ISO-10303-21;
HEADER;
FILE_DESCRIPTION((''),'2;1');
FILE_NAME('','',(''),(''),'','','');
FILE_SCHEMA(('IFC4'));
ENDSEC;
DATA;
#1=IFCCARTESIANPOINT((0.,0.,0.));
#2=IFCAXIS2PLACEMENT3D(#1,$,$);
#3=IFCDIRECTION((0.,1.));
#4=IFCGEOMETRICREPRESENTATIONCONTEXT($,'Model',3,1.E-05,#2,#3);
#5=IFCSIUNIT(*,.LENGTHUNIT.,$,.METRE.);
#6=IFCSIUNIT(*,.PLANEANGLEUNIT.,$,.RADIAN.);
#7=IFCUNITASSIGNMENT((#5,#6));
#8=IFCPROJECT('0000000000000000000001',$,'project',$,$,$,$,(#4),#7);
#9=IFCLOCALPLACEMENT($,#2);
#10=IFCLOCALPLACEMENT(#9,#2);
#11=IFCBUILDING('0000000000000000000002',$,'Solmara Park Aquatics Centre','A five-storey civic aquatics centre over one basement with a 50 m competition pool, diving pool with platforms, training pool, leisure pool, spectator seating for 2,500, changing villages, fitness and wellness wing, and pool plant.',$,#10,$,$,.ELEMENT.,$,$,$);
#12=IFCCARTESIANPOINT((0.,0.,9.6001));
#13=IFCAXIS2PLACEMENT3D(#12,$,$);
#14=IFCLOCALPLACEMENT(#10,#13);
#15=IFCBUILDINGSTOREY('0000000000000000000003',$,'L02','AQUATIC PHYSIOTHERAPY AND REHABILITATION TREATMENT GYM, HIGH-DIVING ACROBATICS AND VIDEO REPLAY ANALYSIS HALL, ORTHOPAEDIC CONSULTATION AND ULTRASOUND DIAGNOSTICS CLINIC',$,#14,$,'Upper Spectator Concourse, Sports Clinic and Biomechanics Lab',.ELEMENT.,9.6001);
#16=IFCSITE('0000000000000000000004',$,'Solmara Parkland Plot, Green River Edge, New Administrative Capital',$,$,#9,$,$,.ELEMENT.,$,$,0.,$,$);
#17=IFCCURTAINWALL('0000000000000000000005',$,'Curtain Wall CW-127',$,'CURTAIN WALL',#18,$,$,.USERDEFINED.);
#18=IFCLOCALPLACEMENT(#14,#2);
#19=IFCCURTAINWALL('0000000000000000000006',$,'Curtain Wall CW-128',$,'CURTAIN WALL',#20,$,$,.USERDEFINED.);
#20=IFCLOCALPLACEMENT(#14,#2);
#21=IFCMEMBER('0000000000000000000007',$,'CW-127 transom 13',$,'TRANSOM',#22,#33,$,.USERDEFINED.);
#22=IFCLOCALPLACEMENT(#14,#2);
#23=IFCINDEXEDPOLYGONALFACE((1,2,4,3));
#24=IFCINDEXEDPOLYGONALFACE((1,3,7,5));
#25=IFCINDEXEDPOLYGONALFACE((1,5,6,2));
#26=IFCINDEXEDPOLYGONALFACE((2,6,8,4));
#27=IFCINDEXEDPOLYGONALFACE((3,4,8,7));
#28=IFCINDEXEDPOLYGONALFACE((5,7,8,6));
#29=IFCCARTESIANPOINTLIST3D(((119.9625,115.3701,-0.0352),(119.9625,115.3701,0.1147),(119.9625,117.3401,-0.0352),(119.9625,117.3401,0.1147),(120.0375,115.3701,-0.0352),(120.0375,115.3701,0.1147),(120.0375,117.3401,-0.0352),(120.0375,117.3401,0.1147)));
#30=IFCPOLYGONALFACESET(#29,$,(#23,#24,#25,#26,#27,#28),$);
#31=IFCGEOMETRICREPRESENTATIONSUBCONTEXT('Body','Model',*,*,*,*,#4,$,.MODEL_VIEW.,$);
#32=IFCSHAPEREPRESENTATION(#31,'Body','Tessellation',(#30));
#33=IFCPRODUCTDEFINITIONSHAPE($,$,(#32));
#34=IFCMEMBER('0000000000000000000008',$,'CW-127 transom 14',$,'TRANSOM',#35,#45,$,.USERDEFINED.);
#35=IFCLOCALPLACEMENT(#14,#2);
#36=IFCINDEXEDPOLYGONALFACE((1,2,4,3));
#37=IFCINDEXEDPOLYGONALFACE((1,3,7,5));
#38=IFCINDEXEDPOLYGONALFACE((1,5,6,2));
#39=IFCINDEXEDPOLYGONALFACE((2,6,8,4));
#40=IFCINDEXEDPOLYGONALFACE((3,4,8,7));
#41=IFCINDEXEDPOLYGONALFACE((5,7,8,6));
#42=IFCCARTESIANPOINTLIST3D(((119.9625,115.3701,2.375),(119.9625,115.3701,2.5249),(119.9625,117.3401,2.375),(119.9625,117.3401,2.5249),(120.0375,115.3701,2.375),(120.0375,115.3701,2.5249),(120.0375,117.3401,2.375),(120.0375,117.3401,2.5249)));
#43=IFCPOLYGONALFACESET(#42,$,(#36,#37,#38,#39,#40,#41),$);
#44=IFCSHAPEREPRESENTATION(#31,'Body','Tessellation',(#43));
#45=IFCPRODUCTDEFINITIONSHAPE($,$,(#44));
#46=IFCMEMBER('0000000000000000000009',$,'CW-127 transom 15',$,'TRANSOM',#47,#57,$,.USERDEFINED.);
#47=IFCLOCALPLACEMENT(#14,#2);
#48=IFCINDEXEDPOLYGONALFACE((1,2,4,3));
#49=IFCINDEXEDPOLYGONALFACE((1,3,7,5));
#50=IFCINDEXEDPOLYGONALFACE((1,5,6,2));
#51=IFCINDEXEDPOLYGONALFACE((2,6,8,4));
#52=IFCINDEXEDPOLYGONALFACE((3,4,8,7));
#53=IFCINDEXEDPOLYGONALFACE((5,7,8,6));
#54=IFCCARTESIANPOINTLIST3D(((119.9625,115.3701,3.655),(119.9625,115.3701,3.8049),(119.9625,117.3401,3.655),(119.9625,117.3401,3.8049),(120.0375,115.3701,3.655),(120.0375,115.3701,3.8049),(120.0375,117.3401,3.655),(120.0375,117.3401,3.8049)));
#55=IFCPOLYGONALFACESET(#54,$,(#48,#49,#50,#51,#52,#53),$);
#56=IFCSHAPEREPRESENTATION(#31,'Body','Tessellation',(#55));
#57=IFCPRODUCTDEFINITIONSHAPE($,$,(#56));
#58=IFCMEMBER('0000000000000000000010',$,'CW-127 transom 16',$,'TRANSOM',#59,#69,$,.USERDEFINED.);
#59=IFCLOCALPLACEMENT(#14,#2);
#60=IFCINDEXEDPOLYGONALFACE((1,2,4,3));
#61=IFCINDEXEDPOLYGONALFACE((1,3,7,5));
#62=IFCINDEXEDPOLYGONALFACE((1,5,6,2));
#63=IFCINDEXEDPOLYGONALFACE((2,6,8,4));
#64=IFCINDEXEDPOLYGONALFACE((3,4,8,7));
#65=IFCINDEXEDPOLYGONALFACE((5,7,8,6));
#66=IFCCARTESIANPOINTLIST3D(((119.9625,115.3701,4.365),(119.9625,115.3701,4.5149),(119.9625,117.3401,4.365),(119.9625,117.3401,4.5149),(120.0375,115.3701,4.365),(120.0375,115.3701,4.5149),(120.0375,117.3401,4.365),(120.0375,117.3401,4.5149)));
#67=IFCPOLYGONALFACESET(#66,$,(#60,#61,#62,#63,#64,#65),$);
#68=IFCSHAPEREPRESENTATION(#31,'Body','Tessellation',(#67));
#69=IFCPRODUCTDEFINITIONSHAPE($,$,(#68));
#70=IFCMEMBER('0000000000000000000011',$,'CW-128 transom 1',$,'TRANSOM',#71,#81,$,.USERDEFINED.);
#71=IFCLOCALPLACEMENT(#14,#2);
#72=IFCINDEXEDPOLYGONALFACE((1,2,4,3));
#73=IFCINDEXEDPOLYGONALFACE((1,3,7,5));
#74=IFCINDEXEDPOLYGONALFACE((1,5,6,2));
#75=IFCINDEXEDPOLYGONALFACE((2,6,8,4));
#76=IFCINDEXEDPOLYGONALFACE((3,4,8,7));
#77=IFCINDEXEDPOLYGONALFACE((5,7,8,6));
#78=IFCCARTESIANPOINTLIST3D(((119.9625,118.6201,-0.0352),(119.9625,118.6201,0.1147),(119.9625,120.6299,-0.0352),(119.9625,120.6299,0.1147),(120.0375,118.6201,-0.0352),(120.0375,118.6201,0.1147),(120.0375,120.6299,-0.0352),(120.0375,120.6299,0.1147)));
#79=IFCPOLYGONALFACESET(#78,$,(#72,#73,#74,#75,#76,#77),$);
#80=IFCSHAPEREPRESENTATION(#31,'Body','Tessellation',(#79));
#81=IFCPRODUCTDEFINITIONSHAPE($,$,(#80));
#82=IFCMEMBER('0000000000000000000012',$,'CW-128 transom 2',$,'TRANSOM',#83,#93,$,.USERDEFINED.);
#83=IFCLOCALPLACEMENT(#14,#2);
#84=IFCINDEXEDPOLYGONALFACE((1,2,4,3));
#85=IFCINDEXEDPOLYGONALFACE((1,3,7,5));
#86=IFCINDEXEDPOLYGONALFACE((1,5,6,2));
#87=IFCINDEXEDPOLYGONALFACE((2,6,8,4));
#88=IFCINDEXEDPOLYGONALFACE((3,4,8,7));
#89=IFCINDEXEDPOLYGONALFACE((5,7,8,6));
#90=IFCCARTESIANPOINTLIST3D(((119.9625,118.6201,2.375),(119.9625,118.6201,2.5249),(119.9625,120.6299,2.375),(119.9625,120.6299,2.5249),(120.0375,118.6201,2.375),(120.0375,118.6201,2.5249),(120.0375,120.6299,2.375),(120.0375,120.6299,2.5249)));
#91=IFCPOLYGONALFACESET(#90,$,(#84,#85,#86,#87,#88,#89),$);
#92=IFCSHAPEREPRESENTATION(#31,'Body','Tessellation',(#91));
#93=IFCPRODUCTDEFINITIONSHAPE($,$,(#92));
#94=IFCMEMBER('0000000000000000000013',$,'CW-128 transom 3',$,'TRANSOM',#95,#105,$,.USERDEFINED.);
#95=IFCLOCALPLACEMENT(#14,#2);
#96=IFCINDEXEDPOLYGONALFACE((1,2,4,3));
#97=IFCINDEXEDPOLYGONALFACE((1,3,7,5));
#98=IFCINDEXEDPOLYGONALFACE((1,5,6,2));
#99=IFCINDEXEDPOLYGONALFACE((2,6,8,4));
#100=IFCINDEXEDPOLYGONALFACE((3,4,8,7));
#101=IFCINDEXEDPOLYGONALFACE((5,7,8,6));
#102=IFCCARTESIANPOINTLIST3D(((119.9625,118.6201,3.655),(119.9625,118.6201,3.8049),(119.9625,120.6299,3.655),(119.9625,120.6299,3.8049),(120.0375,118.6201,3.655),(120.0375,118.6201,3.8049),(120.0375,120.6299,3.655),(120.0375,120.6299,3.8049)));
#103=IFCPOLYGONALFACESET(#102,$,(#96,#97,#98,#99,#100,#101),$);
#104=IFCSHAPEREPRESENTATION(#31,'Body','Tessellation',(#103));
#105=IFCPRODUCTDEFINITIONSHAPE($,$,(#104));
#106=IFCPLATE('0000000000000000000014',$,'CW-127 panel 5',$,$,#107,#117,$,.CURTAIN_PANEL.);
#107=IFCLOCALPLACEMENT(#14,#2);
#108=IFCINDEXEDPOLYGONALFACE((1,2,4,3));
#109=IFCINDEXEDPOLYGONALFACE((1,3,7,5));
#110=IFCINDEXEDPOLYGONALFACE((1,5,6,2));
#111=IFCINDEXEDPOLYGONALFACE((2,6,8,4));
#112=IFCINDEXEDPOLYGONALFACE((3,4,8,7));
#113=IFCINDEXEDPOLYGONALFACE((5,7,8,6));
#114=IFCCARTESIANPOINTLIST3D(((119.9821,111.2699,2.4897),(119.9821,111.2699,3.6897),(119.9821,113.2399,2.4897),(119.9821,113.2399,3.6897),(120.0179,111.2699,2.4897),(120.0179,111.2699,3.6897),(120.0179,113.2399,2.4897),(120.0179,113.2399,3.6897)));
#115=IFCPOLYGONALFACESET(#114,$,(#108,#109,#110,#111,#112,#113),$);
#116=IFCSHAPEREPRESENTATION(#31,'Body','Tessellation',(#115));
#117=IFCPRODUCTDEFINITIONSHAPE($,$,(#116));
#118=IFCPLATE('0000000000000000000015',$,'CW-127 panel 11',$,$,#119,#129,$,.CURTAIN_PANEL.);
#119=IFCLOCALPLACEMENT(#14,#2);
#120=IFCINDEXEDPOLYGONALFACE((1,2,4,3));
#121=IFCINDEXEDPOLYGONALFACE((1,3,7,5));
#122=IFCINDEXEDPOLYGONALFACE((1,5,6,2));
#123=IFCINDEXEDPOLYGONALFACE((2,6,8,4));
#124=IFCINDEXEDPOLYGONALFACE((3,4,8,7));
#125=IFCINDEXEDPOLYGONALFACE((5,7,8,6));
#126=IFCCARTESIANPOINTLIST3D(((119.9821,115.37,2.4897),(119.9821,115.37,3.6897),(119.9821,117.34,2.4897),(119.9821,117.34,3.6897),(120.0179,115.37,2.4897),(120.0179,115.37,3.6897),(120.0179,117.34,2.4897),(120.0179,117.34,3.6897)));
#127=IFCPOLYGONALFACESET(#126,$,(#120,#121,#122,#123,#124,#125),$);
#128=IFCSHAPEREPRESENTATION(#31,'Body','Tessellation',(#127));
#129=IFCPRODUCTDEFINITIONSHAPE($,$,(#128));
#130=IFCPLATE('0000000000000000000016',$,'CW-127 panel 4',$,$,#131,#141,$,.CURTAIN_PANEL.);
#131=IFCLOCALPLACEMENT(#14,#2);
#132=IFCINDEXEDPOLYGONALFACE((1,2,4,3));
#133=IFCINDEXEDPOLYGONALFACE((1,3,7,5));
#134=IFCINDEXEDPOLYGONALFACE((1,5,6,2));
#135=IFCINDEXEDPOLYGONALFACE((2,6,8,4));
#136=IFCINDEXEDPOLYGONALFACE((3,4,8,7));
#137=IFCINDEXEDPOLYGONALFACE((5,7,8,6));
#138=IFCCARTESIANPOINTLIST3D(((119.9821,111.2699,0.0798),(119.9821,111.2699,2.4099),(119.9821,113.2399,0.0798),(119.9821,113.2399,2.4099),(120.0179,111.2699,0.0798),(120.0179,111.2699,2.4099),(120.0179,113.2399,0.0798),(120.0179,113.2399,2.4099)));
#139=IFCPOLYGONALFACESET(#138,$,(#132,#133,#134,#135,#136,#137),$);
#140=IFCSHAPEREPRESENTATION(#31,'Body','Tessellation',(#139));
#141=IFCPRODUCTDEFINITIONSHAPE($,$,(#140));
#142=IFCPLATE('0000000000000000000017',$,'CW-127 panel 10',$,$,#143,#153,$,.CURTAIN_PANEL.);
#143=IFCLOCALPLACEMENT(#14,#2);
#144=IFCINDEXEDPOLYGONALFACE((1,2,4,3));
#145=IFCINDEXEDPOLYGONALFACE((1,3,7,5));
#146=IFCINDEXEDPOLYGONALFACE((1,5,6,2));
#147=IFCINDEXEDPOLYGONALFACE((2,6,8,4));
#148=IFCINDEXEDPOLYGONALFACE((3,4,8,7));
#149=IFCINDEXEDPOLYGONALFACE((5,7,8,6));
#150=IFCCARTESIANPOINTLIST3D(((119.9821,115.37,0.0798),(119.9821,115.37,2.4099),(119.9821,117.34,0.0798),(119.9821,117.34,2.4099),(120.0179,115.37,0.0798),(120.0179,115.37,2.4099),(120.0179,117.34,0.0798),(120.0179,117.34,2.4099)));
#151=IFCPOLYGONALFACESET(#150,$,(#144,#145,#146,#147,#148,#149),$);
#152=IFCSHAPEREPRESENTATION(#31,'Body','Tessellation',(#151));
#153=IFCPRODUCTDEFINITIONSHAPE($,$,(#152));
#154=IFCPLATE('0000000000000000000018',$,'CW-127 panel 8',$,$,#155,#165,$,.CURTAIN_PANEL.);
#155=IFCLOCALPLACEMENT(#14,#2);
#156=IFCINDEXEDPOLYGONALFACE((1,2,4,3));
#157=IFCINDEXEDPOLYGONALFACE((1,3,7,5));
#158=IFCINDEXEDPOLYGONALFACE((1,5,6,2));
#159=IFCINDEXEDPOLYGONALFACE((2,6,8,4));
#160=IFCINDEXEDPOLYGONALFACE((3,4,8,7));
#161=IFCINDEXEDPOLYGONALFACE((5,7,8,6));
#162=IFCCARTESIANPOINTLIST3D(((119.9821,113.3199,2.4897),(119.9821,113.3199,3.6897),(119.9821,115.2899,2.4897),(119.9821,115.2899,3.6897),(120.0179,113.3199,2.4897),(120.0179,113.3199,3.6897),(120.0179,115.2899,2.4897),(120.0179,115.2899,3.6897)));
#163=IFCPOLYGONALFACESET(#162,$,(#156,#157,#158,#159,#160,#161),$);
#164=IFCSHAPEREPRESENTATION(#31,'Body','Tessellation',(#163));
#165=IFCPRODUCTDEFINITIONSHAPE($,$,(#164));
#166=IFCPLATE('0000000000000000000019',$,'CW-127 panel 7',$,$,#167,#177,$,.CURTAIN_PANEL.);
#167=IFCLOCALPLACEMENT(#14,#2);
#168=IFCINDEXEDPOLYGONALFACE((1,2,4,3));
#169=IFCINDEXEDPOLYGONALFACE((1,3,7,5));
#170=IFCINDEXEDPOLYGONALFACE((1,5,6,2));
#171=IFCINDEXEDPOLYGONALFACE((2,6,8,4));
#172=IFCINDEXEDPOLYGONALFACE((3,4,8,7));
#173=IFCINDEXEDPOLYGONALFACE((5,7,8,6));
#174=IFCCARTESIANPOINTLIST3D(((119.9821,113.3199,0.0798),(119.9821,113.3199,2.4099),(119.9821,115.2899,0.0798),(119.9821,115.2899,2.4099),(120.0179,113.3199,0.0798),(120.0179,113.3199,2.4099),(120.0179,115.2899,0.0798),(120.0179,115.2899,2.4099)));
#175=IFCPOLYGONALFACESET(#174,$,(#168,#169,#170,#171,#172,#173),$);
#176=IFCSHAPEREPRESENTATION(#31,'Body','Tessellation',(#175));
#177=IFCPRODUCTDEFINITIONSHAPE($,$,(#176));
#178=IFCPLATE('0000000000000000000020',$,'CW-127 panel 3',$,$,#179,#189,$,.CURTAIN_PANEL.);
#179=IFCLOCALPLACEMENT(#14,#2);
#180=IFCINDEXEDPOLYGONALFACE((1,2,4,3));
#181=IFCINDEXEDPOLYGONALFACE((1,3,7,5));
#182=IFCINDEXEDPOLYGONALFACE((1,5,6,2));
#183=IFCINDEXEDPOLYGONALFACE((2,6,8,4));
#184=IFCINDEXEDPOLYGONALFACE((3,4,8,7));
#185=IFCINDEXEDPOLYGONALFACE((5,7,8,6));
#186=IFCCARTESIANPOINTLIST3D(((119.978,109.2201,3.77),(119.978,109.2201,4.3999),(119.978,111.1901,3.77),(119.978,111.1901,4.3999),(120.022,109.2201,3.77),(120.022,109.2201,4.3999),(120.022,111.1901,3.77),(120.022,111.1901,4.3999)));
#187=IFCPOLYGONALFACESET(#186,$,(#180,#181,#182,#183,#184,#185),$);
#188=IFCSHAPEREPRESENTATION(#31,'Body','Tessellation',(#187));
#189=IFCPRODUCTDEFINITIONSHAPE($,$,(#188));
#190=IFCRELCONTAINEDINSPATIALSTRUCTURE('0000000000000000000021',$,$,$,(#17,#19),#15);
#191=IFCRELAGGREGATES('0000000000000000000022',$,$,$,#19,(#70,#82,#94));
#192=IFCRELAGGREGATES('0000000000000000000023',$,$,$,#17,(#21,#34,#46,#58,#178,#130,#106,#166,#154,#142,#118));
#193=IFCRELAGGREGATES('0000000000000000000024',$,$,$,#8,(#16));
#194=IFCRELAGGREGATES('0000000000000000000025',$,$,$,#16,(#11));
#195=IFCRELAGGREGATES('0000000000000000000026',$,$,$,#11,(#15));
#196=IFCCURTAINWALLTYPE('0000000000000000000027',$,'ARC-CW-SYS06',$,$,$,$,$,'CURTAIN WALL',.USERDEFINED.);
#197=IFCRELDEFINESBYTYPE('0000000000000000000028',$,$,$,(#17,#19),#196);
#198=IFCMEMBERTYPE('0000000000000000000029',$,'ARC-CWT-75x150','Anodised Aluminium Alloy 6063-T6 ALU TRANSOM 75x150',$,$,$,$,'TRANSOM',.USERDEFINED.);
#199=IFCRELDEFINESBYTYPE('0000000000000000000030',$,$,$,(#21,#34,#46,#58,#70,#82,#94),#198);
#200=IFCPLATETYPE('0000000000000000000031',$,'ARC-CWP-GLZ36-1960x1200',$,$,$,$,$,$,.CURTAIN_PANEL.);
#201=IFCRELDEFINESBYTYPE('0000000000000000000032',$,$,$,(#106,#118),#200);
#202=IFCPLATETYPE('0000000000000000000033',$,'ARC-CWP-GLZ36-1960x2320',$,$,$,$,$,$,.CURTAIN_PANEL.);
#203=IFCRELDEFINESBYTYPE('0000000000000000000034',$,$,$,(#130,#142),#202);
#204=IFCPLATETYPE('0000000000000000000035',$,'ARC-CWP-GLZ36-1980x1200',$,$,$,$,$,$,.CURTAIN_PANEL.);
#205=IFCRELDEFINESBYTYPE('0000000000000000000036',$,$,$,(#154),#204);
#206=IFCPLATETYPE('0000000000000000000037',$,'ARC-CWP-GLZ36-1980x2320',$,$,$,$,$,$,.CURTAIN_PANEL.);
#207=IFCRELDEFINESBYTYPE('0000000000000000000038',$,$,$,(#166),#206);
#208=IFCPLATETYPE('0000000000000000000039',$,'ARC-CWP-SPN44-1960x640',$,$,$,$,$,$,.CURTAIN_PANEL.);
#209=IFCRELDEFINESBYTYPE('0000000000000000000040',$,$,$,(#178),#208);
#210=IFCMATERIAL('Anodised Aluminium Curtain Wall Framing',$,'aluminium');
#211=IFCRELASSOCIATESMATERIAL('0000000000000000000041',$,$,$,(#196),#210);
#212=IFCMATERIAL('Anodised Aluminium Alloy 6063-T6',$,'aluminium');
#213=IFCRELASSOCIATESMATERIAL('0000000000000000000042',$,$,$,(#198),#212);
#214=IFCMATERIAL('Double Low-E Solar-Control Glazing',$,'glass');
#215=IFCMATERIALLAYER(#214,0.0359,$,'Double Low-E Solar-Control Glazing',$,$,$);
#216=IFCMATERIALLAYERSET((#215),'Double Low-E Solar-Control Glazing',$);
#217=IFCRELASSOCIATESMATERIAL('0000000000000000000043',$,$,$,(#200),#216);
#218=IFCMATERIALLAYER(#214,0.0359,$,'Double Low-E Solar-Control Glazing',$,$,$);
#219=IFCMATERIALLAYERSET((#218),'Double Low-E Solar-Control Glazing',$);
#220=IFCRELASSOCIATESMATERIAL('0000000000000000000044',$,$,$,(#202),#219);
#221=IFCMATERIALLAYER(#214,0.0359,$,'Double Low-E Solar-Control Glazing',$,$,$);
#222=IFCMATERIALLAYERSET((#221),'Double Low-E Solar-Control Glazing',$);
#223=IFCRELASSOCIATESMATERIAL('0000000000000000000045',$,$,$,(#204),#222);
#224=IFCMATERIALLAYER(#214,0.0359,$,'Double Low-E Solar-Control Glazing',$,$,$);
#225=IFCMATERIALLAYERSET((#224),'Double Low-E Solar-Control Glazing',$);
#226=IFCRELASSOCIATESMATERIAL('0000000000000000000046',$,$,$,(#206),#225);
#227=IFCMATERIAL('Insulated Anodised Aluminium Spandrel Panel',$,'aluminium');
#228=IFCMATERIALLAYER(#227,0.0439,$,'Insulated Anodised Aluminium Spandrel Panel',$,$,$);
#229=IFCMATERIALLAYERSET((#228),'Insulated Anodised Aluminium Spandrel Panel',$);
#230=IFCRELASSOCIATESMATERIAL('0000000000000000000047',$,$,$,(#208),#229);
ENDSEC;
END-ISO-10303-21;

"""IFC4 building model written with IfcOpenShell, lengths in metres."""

from ifc_helpers import new_model, si_unit, direction, frame, origin, origin_2d, place, context, subcontext, project, spatial, rectangle, extrude, material, layer, layer_set, material_profile, profile_set, type_object, element, aggregate, save


model = new_model("IFC4")

# Units and contexts
model_context = context("Model", 3, precision=1e-05, world=origin(), true_north=direction((0.0, 1.0)))
body_context = subcontext(model_context, "Body", "Model", "MODEL_VIEW")
ifc_project = project(units=[si_unit("LENGTHUNIT", "METRE"), si_unit("PLANEANGLEUNIT", "RADIAN")], contexts=[model_context])

# Site, building, storey
site_placement = place(None, origin())
site = spatial("IfcSite", under=ifc_project, at=site_placement, Name="Solmara Parkland Plot, Green River Edge, New Administrative Capital", CompositionType="ELEMENT", RefElevation=0.0)
building_placement = place(site_placement, origin())
building = spatial("IfcBuilding", under=site, at=building_placement, Name="Solmara Park Aquatics Centre", Description="A five-storey civic aquatics centre over one basement with a 50 m competition pool, diving pool with platforms, training pool, leisure pool, spectator seating for 2,500, changing villages, fitness and wellness wing, and pool plant.", CompositionType="ELEMENT")
storey_placement = place(building_placement, frame((0.0, 0.0, 9.6001)))
storey = spatial("IfcBuildingStorey", under=building, at=storey_placement, Name="L02", Description="AQUATIC PHYSIOTHERAPY AND REHABILITATION TREATMENT GYM, HIGH-DIVING ACROBATICS AND VIDEO REPLAY ANALYSIS HALL, ORTHOPAEDIC CONSULTATION AND ULTRASOUND DIAGNOSTICS CLINIC", LongName="Upper Spectator Concourse, Sports Clinic and Biomechanics Lab", CompositionType="ELEMENT", Elevation=9.6001)

# Curtain wall
ifc_material_1 = material(Name="Anodised Aluminium Curtain Wall Framing", Category="aluminium")
curtain_wall_type = type_object("IfcCurtainWallType", Name="ARC-CW-SYS06", ElementType="CURTAIN WALL", PredefinedType="USERDEFINED", material=ifc_material_1)
curtain_wall_1_placement = place(storey_placement, origin())
curtain_wall_1 = element("IfcCurtainWall", 1, at=curtain_wall_1_placement, inside=storey, type_object=curtain_wall_type, Name="Curtain Wall CW-127", ObjectType="CURTAIN WALL", PredefinedType="USERDEFINED")
ifc_material_2 = material(Name="Anodised Aluminium Alloy 6063-T6", Category="aluminium")

# Curtain wall
curtain_wall_2_placement = place(storey_placement, origin())
curtain_wall_2 = element("IfcCurtainWall", 2, at=curtain_wall_2_placement, inside=storey, type_object=curtain_wall_type, Name="Curtain Wall CW-128", ObjectType="CURTAIN WALL", PredefinedType="USERDEFINED")

# Members
ifc_material_profile_1 = material_profile(ifc_material_2, rectangle(XDim=0.075, YDim=0.1499, at=origin_2d()), Name="ALU TRANSOM 75x150")
ifc_profile_set_1 = profile_set([ifc_material_profile_1], Name="Anodised Aluminium Alloy 6063-T6")
member_type_1 = type_object("IfcMemberType", Name="ARC-CWT-75x150", Description="Anodised Aluminium Alloy 6063-T6 ALU TRANSOM 75x150", ElementType="TRANSOM", PredefinedType="USERDEFINED", material=ifc_profile_set_1)
member_1_placement = place(storey_placement, frame((120.0, 115.3701, 0.0398), z_axis=(0.0, 1.0, 0.0), x_axis=(-1.0, 0.0, 0.0)))
member_1 = element("IfcMember", 3, at=member_1_placement, type_object=member_type_1, Name="CW-127 transom 13", ObjectType="TRANSOM", PredefinedType="USERDEFINED", context=body_context, shape_type="SweptSolid", body=[
    extrude(rectangle(XDim=0.075, YDim=0.1499, at=origin_2d()), origin(), (0.0, 0.0, 1.0), 1.97),
])
member_2_placement = place(storey_placement, frame((120.0, 115.3701, 2.45), z_axis=(0.0, 1.0, 0.0), x_axis=(-1.0, 0.0, 0.0)))
member_2 = element("IfcMember", 4, at=member_2_placement, type_object=member_type_1, Name="CW-127 transom 14", ObjectType="TRANSOM", PredefinedType="USERDEFINED", context=body_context, shape_type="SweptSolid", body=[
    extrude(rectangle(XDim=0.075, YDim=0.1499, at=origin_2d()), origin(), (0.0, 0.0, 1.0), 1.97),
])
member_3_placement = place(storey_placement, frame((120.0, 115.3701, 3.73), z_axis=(0.0, 1.0, 0.0), x_axis=(-1.0, 0.0, 0.0)))
member_3 = element("IfcMember", 5, at=member_3_placement, type_object=member_type_1, Name="CW-127 transom 15", ObjectType="TRANSOM", PredefinedType="USERDEFINED", context=body_context, shape_type="SweptSolid", body=[
    extrude(rectangle(XDim=0.075, YDim=0.1499, at=origin_2d()), origin(), (0.0, 0.0, 1.0), 1.97),
])
member_4_placement = place(storey_placement, frame((120.0, 115.3701, 4.4399), z_axis=(0.0, 1.0, 0.0), x_axis=(-1.0, 0.0, 0.0)))
member_4 = element("IfcMember", 6, at=member_4_placement, type_object=member_type_1, Name="CW-127 transom 16", ObjectType="TRANSOM", PredefinedType="USERDEFINED", context=body_context, shape_type="SweptSolid", body=[
    extrude(rectangle(XDim=0.075, YDim=0.1499, at=origin_2d()), origin(), (0.0, 0.0, 1.0), 1.97),
])
member_5_placement = place(storey_placement, frame((120.0, 118.6201, 0.0398), z_axis=(0.0, 1.0, 0.0), x_axis=(-1.0, 0.0, 0.0)))
member_5 = element("IfcMember", 7, at=member_5_placement, type_object=member_type_1, Name="CW-128 transom 1", ObjectType="TRANSOM", PredefinedType="USERDEFINED", context=body_context, shape_type="SweptSolid", body=[
    extrude(rectangle(XDim=0.075, YDim=0.1499, at=origin_2d()), origin(), (0.0, 0.0, 1.0), 2.0098),
])
member_6_placement = place(storey_placement, frame((120.0, 118.6201, 2.45), z_axis=(0.0, 1.0, 0.0), x_axis=(-1.0, 0.0, 0.0)))
member_6 = element("IfcMember", 8, at=member_6_placement, type_object=member_type_1, Name="CW-128 transom 2", ObjectType="TRANSOM", PredefinedType="USERDEFINED", context=body_context, shape_type="SweptSolid", body=[
    extrude(rectangle(XDim=0.075, YDim=0.1499, at=origin_2d()), origin(), (0.0, 0.0, 1.0), 2.0098),
])
member_7_placement = place(storey_placement, frame((120.0, 118.6201, 3.73), z_axis=(0.0, 1.0, 0.0), x_axis=(-1.0, 0.0, 0.0)))
member_7 = element("IfcMember", 9, at=member_7_placement, type_object=member_type_1, Name="CW-128 transom 3", ObjectType="TRANSOM", PredefinedType="USERDEFINED", context=body_context, shape_type="SweptSolid", body=[
    extrude(rectangle(XDim=0.075, YDim=0.1499, at=origin_2d()), origin(), (0.0, 0.0, 1.0), 2.0098),
])
aggregate(curtain_wall_2, [member_5, member_6, member_7])

# Plates
ifc_material_3 = material(Name="Double Low-E Solar-Control Glazing", Category="glass")
ifc_layer_1 = layer(ifc_material_3, 0.0359, Name="Double Low-E Solar-Control Glazing")
ifc_layer_set_1 = layer_set([ifc_layer_1], Name="Double Low-E Solar-Control Glazing")
plate_type_1 = type_object("IfcPlateType", Name="ARC-CWP-GLZ36-1960x1200", PredefinedType="CURTAIN_PANEL", material=ifc_layer_set_1)
plate_1_placement = place(storey_placement, frame((120.0, 112.2549, 2.4897), z_axis=(0.0, 0.0, 1.0), x_axis=(0.0, 1.0, 0.0)))
plate_1 = element("IfcPlate", 10, at=plate_1_placement, type_object=plate_type_1, Name="CW-127 panel 5", PredefinedType="CURTAIN_PANEL", context=body_context, shape_type="SweptSolid", body=[
    extrude(rectangle(XDim=1.97, YDim=0.0359, at=origin_2d()), origin(), (0.0, 0.0, 1.0), 1.2),
])
plate_2_placement = place(storey_placement, frame((120.0, 116.355, 2.4897), z_axis=(0.0, 0.0, 1.0), x_axis=(0.0, 1.0, 0.0)))
plate_2 = element("IfcPlate", 11, at=plate_2_placement, type_object=plate_type_1, Name="CW-127 panel 11", PredefinedType="CURTAIN_PANEL", context=body_context, shape_type="SweptSolid", body=[
    extrude(rectangle(XDim=1.97, YDim=0.0359, at=origin_2d()), origin(), (0.0, 0.0, 1.0), 1.2),
])
ifc_layer_2 = layer(ifc_material_3, 0.0359, Name="Double Low-E Solar-Control Glazing")
ifc_layer_set_2 = layer_set([ifc_layer_2], Name="Double Low-E Solar-Control Glazing")
plate_type_2 = type_object("IfcPlateType", Name="ARC-CWP-GLZ36-1960x2320", PredefinedType="CURTAIN_PANEL", material=ifc_layer_set_2)
plate_3_placement = place(storey_placement, frame((120.0, 112.2549, 0.0798), z_axis=(0.0, 0.0, 1.0), x_axis=(0.0, 1.0, 0.0)))
plate_3 = element("IfcPlate", 12, at=plate_3_placement, type_object=plate_type_2, Name="CW-127 panel 4", PredefinedType="CURTAIN_PANEL", context=body_context, shape_type="SweptSolid", body=[
    extrude(rectangle(XDim=1.97, YDim=0.0359, at=origin_2d()), origin(), (0.0, 0.0, 1.0), 2.3301),
])
plate_4_placement = place(storey_placement, frame((120.0, 116.355, 0.0798), z_axis=(0.0, 0.0, 1.0), x_axis=(0.0, 1.0, 0.0)))
plate_4 = element("IfcPlate", 13, at=plate_4_placement, type_object=plate_type_2, Name="CW-127 panel 10", PredefinedType="CURTAIN_PANEL", context=body_context, shape_type="SweptSolid", body=[
    extrude(rectangle(XDim=1.97, YDim=0.0359, at=origin_2d()), origin(), (0.0, 0.0, 1.0), 2.3301),
])
ifc_layer_3 = layer(ifc_material_3, 0.0359, Name="Double Low-E Solar-Control Glazing")
ifc_layer_set_3 = layer_set([ifc_layer_3], Name="Double Low-E Solar-Control Glazing")
plate_type_3 = type_object("IfcPlateType", Name="ARC-CWP-GLZ36-1980x1200", PredefinedType="CURTAIN_PANEL", material=ifc_layer_set_3)
plate_5_placement = place(storey_placement, frame((120.0, 114.3049, 2.4897), z_axis=(0.0, 0.0, 1.0), x_axis=(0.0, 1.0, 0.0)))
plate_5 = element("IfcPlate", 14, at=plate_5_placement, type_object=plate_type_3, Name="CW-127 panel 8", PredefinedType="CURTAIN_PANEL", context=body_context, shape_type="SweptSolid", body=[
    extrude(rectangle(XDim=1.97, YDim=0.0359, at=origin_2d()), origin(), (0.0, 0.0, 1.0), 1.2),
])
ifc_layer_4 = layer(ifc_material_3, 0.0359, Name="Double Low-E Solar-Control Glazing")
ifc_layer_set_4 = layer_set([ifc_layer_4], Name="Double Low-E Solar-Control Glazing")
plate_type_4 = type_object("IfcPlateType", Name="ARC-CWP-GLZ36-1980x2320", PredefinedType="CURTAIN_PANEL", material=ifc_layer_set_4)
plate_6_placement = place(storey_placement, frame((120.0, 114.3049, 0.0798), z_axis=(0.0, 0.0, 1.0), x_axis=(0.0, 1.0, 0.0)))
plate_6 = element("IfcPlate", 15, at=plate_6_placement, type_object=plate_type_4, Name="CW-127 panel 7", PredefinedType="CURTAIN_PANEL", context=body_context, shape_type="SweptSolid", body=[
    extrude(rectangle(XDim=1.97, YDim=0.0359, at=origin_2d()), origin(), (0.0, 0.0, 1.0), 2.3301),
])
ifc_material_4 = material(Name="Insulated Anodised Aluminium Spandrel Panel", Category="aluminium")
ifc_layer_5 = layer(ifc_material_4, 0.0439, Name="Insulated Anodised Aluminium Spandrel Panel")
ifc_layer_set_5 = layer_set([ifc_layer_5], Name="Insulated Anodised Aluminium Spandrel Panel")
plate_type_5 = type_object("IfcPlateType", Name="ARC-CWP-SPN44-1960x640", PredefinedType="CURTAIN_PANEL", material=ifc_layer_set_5)
plate_7_placement = place(storey_placement, frame((120.0, 110.2051, 3.77), z_axis=(0.0, 0.0, 1.0), x_axis=(0.0, 1.0, 0.0)))
plate_7 = element("IfcPlate", 16, at=plate_7_placement, type_object=plate_type_5, Name="CW-127 panel 3", PredefinedType="CURTAIN_PANEL", context=body_context, shape_type="SweptSolid", body=[
    extrude(rectangle(XDim=1.97, YDim=0.0439, at=origin_2d()), origin(), (0.0, 0.0, 1.0), 0.6299),
])
aggregate(curtain_wall_1, [member_1, member_2, member_3, member_4, plate_7, plate_3, plate_1, plate_6, plate_5, plate_4, plate_2])

save(model, "model.ifc")
